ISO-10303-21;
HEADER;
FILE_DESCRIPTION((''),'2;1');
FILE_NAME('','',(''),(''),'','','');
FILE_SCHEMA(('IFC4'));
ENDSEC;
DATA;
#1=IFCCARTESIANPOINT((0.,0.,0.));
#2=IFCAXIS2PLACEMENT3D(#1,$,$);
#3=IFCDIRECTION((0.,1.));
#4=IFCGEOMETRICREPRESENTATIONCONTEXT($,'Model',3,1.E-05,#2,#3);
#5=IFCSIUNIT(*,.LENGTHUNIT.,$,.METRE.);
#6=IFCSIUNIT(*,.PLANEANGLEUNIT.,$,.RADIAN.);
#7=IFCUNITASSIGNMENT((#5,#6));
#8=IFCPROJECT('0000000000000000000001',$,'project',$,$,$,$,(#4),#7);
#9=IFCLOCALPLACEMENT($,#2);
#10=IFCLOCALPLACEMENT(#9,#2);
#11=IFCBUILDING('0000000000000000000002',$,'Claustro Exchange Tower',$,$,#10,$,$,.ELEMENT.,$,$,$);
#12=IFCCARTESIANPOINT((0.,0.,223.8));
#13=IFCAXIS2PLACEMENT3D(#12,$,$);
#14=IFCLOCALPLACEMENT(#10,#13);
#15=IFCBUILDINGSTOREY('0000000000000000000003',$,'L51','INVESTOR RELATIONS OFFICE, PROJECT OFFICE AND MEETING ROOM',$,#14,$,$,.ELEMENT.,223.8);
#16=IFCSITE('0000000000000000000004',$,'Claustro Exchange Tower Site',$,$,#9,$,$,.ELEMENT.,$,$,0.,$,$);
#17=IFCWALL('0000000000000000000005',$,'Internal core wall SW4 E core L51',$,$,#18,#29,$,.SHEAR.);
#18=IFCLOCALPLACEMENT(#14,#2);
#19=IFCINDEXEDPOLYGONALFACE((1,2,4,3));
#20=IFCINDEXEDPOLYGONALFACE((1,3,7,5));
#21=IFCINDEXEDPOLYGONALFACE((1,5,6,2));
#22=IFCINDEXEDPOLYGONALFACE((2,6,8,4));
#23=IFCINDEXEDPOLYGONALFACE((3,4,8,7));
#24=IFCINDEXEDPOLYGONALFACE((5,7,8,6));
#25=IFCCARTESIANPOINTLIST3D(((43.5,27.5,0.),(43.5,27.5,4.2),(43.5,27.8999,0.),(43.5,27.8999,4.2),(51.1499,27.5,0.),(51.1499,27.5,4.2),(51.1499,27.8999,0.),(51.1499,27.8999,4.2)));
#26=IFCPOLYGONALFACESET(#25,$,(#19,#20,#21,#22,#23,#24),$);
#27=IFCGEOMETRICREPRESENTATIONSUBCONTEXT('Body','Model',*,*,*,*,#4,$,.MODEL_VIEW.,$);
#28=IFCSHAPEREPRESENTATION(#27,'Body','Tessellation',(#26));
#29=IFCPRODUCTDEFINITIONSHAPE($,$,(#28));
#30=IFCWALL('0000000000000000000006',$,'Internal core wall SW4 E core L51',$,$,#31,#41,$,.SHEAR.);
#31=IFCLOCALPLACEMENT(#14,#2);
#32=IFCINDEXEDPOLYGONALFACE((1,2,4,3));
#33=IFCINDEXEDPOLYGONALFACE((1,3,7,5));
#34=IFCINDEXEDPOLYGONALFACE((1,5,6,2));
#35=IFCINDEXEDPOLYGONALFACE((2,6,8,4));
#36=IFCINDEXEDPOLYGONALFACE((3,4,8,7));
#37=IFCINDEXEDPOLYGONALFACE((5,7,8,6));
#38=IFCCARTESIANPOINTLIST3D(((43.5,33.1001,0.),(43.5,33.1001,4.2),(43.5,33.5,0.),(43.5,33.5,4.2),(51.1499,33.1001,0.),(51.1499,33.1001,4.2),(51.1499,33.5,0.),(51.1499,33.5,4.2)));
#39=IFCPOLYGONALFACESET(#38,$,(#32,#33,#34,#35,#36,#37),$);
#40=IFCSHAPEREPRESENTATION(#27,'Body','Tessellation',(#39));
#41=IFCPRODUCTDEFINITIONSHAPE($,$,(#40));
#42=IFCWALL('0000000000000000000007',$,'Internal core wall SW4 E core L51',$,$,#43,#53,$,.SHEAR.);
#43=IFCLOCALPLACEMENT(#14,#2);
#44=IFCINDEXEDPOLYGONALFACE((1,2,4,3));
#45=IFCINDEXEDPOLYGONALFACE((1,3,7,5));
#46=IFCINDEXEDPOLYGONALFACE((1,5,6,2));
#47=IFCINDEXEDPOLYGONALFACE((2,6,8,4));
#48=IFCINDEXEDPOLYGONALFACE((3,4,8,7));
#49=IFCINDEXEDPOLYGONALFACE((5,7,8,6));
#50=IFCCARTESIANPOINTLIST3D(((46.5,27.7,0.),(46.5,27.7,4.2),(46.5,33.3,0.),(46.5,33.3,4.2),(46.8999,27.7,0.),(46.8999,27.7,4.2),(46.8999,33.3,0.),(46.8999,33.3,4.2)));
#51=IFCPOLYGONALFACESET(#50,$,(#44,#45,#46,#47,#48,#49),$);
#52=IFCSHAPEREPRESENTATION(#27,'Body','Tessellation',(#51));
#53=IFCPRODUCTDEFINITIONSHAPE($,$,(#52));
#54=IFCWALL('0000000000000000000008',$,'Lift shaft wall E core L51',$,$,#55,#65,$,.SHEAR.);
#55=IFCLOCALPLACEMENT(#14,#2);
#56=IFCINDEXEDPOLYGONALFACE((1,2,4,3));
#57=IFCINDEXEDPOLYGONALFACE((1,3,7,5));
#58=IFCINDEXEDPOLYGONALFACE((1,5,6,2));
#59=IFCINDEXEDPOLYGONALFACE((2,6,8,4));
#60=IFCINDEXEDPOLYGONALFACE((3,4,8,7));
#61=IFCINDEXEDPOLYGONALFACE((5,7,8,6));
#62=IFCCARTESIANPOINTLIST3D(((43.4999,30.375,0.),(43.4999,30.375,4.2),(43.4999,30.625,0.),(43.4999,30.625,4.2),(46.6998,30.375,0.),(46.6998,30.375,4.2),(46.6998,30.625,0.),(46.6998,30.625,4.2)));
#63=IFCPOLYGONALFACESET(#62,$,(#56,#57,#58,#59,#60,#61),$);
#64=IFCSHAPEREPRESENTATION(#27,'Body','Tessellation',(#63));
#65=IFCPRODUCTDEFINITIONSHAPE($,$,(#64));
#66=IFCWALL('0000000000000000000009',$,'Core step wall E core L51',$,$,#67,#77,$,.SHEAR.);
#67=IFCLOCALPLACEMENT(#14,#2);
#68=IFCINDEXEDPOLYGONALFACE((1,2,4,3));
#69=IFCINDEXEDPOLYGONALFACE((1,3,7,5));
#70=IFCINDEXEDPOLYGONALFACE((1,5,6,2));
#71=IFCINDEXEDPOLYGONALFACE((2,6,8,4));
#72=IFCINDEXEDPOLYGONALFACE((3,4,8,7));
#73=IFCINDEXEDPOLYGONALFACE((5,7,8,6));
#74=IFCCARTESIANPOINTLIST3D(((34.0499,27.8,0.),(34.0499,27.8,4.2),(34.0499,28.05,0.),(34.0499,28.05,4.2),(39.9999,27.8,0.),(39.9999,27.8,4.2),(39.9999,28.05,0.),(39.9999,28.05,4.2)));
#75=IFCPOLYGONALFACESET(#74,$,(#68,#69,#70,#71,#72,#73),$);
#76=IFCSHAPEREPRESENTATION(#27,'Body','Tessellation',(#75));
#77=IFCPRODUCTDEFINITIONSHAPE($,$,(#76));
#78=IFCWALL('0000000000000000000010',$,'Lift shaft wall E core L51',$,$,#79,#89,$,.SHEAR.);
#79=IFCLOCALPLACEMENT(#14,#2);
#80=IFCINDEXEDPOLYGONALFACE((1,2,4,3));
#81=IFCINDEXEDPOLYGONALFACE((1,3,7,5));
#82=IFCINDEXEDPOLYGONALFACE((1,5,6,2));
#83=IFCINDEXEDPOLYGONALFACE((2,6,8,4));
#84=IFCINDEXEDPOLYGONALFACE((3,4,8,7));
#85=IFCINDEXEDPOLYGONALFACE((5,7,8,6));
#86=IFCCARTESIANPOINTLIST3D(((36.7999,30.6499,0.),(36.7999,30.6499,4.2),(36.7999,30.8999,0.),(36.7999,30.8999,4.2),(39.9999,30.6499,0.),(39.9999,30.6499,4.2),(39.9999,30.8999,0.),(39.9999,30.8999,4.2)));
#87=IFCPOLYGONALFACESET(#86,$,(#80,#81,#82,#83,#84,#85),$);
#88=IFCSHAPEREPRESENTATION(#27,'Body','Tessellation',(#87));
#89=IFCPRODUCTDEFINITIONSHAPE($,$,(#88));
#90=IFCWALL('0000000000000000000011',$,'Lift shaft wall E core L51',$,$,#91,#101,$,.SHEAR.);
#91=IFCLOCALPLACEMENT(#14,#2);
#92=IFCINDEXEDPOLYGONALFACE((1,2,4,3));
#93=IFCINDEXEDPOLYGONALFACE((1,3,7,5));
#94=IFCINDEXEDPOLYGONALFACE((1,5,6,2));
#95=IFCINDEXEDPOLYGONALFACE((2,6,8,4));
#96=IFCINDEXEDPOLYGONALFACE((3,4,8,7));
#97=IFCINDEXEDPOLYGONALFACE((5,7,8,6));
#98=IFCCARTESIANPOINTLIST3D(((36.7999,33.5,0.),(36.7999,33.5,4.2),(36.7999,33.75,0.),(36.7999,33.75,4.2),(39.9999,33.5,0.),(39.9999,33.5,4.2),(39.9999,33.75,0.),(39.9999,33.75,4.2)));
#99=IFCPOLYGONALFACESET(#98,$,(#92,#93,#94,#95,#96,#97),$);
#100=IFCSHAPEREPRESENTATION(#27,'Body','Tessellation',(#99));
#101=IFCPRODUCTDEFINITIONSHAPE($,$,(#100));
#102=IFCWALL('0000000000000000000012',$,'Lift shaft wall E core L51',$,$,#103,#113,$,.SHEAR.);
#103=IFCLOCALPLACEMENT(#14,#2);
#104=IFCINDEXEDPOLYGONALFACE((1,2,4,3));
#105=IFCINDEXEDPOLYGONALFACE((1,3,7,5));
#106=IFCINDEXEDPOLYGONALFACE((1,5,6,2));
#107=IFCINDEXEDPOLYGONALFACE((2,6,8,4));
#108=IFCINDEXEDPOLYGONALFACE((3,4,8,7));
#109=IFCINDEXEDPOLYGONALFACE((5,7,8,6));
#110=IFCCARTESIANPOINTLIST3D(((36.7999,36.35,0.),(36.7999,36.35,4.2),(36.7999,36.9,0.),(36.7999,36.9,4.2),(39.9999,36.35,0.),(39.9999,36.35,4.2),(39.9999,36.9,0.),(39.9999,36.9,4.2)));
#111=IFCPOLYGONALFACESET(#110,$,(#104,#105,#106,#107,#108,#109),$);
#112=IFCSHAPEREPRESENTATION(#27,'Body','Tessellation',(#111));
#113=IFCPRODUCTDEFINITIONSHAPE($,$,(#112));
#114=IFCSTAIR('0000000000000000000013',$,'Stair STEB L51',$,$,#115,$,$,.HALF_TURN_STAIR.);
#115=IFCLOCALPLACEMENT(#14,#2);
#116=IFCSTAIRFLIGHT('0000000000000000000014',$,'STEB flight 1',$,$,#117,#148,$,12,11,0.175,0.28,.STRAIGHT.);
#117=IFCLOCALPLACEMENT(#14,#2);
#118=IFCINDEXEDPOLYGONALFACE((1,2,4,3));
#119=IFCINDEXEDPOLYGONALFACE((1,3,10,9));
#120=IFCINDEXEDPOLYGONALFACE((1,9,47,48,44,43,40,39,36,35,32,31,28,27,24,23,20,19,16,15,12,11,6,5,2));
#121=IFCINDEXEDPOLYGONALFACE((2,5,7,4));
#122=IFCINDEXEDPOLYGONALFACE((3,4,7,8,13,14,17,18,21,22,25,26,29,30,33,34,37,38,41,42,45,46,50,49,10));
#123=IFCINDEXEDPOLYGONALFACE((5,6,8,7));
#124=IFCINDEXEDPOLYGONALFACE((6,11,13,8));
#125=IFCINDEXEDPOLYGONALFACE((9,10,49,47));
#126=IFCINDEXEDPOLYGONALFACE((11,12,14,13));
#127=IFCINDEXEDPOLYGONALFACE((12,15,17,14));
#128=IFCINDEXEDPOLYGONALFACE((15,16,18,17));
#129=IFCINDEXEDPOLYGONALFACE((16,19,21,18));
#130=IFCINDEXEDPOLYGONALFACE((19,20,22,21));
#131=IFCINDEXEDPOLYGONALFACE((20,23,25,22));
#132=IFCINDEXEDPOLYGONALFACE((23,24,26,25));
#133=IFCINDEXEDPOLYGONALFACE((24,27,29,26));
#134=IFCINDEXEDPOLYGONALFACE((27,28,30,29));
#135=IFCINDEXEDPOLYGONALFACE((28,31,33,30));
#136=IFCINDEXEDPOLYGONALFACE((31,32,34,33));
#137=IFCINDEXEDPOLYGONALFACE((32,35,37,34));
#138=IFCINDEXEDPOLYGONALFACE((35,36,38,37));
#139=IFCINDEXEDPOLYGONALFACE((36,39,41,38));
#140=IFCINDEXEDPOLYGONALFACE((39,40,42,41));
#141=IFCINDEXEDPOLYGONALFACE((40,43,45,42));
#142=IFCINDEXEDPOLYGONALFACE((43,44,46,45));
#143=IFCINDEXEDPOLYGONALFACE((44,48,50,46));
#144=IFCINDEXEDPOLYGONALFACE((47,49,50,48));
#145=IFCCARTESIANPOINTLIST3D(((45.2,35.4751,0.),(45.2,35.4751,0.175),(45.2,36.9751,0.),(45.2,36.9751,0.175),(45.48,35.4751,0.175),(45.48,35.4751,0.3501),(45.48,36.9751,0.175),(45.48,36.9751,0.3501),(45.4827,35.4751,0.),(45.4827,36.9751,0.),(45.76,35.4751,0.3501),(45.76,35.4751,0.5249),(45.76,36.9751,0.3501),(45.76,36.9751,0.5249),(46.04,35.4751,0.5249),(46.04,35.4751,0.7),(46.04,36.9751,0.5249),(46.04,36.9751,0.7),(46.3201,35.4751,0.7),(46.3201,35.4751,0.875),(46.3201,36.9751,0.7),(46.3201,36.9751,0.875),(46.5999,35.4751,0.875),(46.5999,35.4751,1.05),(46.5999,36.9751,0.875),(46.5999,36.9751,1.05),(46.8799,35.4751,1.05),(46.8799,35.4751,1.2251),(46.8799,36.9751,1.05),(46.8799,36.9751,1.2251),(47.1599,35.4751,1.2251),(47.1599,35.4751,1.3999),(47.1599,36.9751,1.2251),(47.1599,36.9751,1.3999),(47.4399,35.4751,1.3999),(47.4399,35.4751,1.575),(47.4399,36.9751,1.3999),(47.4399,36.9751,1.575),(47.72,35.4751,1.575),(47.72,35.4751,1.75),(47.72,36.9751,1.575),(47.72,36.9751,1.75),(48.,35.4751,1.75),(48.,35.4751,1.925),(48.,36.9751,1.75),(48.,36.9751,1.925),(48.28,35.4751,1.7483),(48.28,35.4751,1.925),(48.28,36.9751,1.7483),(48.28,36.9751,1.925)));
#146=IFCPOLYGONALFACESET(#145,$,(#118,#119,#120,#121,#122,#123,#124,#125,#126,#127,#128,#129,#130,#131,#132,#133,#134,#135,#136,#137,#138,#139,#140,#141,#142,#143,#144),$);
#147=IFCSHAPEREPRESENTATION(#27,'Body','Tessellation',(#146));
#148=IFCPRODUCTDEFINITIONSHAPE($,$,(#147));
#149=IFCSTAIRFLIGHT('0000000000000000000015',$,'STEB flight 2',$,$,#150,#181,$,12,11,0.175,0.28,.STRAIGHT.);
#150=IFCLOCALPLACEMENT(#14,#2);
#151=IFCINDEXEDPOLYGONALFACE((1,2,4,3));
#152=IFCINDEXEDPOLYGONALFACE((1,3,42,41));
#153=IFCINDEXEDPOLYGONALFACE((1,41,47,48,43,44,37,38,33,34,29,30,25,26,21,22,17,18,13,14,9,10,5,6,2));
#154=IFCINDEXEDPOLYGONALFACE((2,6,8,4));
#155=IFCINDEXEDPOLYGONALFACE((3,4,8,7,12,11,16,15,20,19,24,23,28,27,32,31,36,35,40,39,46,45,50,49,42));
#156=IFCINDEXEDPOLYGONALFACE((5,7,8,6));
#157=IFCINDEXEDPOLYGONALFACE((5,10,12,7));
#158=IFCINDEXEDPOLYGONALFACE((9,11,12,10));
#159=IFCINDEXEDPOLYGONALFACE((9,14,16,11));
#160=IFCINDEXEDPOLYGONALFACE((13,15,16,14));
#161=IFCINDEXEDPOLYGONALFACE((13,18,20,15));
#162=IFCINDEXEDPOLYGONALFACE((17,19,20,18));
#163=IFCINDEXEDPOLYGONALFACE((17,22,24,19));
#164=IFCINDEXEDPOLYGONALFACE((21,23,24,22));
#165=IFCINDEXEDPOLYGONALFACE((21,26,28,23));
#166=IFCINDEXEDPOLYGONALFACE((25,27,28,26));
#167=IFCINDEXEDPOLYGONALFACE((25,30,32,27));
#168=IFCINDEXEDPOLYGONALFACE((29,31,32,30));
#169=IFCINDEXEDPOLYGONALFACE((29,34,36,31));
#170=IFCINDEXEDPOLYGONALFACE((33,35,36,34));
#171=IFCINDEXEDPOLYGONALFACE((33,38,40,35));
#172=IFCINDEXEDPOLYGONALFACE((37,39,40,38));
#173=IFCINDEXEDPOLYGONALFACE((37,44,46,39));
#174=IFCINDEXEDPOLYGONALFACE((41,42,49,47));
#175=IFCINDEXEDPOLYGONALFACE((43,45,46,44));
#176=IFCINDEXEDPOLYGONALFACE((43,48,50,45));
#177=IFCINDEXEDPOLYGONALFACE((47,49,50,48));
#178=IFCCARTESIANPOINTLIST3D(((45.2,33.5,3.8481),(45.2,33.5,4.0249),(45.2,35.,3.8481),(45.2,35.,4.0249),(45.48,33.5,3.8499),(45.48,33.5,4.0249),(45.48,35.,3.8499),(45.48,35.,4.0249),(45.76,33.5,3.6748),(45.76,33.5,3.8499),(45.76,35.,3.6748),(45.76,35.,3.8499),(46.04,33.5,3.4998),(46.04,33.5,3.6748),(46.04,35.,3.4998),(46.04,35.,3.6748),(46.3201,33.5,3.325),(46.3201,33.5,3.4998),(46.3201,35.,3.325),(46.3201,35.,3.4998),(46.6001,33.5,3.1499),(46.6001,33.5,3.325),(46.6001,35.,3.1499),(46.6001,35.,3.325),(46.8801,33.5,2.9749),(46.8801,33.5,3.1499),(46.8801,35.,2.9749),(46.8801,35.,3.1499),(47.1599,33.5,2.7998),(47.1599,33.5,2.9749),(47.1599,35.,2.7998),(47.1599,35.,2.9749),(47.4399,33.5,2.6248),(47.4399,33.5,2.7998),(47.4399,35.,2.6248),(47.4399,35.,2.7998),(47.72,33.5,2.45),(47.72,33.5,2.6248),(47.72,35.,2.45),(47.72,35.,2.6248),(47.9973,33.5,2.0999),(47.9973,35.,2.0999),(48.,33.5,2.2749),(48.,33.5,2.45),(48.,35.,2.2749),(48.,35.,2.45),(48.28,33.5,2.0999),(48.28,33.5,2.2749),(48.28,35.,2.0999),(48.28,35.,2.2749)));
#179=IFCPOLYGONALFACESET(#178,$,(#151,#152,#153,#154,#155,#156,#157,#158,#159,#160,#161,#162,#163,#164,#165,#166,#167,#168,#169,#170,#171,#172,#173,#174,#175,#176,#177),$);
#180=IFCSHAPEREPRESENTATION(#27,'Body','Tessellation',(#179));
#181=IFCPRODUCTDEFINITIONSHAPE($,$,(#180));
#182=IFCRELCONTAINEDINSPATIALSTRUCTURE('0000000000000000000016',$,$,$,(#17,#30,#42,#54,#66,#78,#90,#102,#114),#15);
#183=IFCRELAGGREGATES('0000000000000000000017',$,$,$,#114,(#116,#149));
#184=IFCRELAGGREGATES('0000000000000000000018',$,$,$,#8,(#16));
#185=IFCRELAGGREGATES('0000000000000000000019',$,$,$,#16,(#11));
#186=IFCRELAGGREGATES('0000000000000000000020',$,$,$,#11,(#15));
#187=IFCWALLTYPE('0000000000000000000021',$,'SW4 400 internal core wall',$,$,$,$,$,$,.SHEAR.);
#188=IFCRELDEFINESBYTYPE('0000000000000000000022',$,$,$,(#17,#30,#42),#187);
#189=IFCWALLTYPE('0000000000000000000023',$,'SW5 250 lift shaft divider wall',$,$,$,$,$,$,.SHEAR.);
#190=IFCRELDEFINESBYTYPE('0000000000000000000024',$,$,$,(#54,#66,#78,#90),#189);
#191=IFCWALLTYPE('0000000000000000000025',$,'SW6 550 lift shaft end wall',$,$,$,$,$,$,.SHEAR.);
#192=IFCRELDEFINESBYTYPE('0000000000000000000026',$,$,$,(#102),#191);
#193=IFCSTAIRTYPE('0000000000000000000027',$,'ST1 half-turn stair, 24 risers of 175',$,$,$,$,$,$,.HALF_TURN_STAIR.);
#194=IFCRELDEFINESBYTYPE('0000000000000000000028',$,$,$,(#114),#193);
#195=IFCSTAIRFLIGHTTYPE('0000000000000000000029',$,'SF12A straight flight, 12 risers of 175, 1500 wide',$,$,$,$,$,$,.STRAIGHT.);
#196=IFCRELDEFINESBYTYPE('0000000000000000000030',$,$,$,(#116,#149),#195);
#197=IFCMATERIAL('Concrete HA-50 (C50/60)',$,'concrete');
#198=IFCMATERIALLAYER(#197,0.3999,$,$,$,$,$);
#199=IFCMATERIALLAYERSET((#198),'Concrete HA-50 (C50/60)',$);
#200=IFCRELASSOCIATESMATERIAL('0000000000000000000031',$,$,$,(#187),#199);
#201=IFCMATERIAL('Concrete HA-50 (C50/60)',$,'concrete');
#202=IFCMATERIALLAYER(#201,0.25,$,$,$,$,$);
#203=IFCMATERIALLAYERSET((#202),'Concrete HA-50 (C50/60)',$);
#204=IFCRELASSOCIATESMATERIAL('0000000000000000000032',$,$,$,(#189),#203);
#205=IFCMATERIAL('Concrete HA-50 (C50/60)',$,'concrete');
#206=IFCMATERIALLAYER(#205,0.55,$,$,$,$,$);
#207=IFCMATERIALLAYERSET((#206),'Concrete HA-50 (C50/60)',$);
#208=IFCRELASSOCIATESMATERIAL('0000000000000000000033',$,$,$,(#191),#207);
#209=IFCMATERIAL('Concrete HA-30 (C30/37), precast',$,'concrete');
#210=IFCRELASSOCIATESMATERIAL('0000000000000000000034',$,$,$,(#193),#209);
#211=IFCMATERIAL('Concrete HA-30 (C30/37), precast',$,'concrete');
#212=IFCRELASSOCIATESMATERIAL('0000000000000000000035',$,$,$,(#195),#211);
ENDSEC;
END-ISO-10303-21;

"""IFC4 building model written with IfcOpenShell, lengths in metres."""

from ifc_helpers import new_model, si_unit, direction, frame, frame_2d, origin, place, context, subcontext, project, spatial, polyline, rectangle, outline, extrude, material, layer, layer_set, type_object, element, aggregate, save


model = new_model("IFC4")

# Units and contexts
model_context = context("Model", 3, precision=1e-05, world=origin(), true_north=direction((0.0, 1.0)))
body_context = subcontext(model_context, "Body", "Model", "MODEL_VIEW")
ifc_project = project(units=[si_unit("LENGTHUNIT", "METRE"), si_unit("PLANEANGLEUNIT", "RADIAN")], contexts=[model_context])

# Site, building, storey
site_placement = place(None, origin())
site = spatial("IfcSite", under=ifc_project, at=site_placement, Name="Claustro Exchange Tower Site", CompositionType="ELEMENT", RefElevation=0.0)
building_placement = place(site_placement, origin())
building = spatial("IfcBuilding", under=site, at=building_placement, Name="Claustro Exchange Tower", CompositionType="ELEMENT")
storey_placement = place(building_placement, frame((0.0, 0.0, 223.8)))
storey = spatial("IfcBuildingStorey", under=building, at=storey_placement, Name="L51", Description="INVESTOR RELATIONS OFFICE, PROJECT OFFICE AND MEETING ROOM", CompositionType="ELEMENT", Elevation=223.8)

# Walls
ifc_material_1 = material(Name="Concrete HA-50 (C50/60)", Category="concrete")
ifc_layer_1 = layer(ifc_material_1, 0.3999)
ifc_layer_set_1 = layer_set([ifc_layer_1], Name="Concrete HA-50 (C50/60)")
wall_type_1 = type_object("IfcWallType", Name="SW4 400 internal core wall", PredefinedType="SHEAR", material=ifc_layer_set_1)
for number, where, z_axis, x_axis, name in (
    (1, (51.1499, 27.7, 0.0), (0.0, 0.0, 1.0), (-1.0, 0.0, 0.0), "Internal core wall SW4 E core L51"),
    (2, (51.1499, 33.3, 0.0), (0.0, 0.0, 1.0), (-1.0, 0.0, 0.0), "Internal core wall SW4 E core L51"),
):
    element("IfcWall", number, at=place(storey_placement, frame(where, z_axis=z_axis, x_axis=x_axis)), inside=storey, type_object=wall_type_1, Name=name, PredefinedType="SHEAR", context=body_context, shape_type="SweptSolid", body=[
        extrude(rectangle(XDim=7.6499, YDim=0.3999, at=frame_2d((3.825, 0.0))), origin(), (0.0, 0.0, 1.0), 4.2),
    ])
wall_1_placement = place(storey_placement, frame((46.7, 27.7, 0.0), z_axis=(0.0, 0.0, 1.0), x_axis=(0.0, 1.0, 0.0)))
element("IfcWall", 3, at=wall_1_placement, inside=storey, type_object=wall_type_1, Name="Internal core wall SW4 E core L51", PredefinedType="SHEAR", context=body_context, shape_type="SweptSolid", body=[
    extrude(rectangle(XDim=5.6001, YDim=0.3999, at=frame_2d((2.8, 0.0))), origin(), (0.0, 0.0, 1.0), 4.2),
])
ifc_material_2 = material(Name="Concrete HA-50 (C50/60)", Category="concrete")
ifc_layer_2 = layer(ifc_material_2, 0.25)
ifc_layer_set_2 = layer_set([ifc_layer_2], Name="Concrete HA-50 (C50/60)")
wall_type_2 = type_object("IfcWallType", Name="SW5 250 lift shaft divider wall", PredefinedType="SHEAR", material=ifc_layer_set_2)
wall_2_placement = place(storey_placement, frame((46.7, 30.5, 0.0), z_axis=(0.0, 0.0, 1.0), x_axis=(-1.0, 0.0, 0.0)))
element("IfcWall", 4, at=wall_2_placement, inside=storey, type_object=wall_type_2, Name="Lift shaft wall E core L51", PredefinedType="SHEAR", context=body_context, shape_type="SweptSolid", body=[
    extrude(rectangle(XDim=3.2, YDim=0.25, at=frame_2d((1.6001, 0.0))), origin(), (0.0, 0.0, 1.0), 4.2),
])
wall_3_placement = place(storey_placement, frame((40.0, 27.925, 0.0), z_axis=(0.0, 0.0, 1.0), x_axis=(-1.0, 0.0, 0.0)))
element("IfcWall", 5, at=wall_3_placement, inside=storey, type_object=wall_type_2, Name="Core step wall E core L51", PredefinedType="SHEAR", context=body_context, shape_type="SweptSolid", body=[
    extrude(rectangle(XDim=5.95, YDim=0.25, at=frame_2d((2.9751, 0.0))), origin(), (0.0, 0.0, 1.0), 4.2),
])
for number, where, z_axis, x_axis, name in (
    (6, (40.0, 30.7749, 0.0), (0.0, 0.0, 1.0), (-1.0, 0.0, 0.0), "Lift shaft wall E core L51"),
    (7, (40.0, 33.625, 0.0), (0.0, 0.0, 1.0), (-1.0, 0.0, 0.0), "Lift shaft wall E core L51"),
):
    element("IfcWall", number, at=place(storey_placement, frame(where, z_axis=z_axis, x_axis=x_axis)), inside=storey, type_object=wall_type_2, Name=name, PredefinedType="SHEAR", context=body_context, shape_type="SweptSolid", body=[
        extrude(rectangle(XDim=3.2, YDim=0.25, at=frame_2d((1.6001, 0.0))), origin(), (0.0, 0.0, 1.0), 4.2),
    ])
ifc_material_3 = material(Name="Concrete HA-50 (C50/60)", Category="concrete")
ifc_layer_3 = layer(ifc_material_3, 0.55)
ifc_layer_set_3 = layer_set([ifc_layer_3], Name="Concrete HA-50 (C50/60)")
wall_type_3 = type_object("IfcWallType", Name="SW6 550 lift shaft end wall", PredefinedType="SHEAR", material=ifc_layer_set_3)
wall_4_placement = place(storey_placement, frame((40.0, 36.625, 0.0), z_axis=(0.0, 0.0, 1.0), x_axis=(-1.0, 0.0, 0.0)))
element("IfcWall", 8, at=wall_4_placement, inside=storey, type_object=wall_type_3, Name="Lift shaft wall E core L51", PredefinedType="SHEAR", context=body_context, shape_type="SweptSolid", body=[
    extrude(rectangle(XDim=3.2, YDim=0.55, at=frame_2d((1.6001, 0.0))), origin(), (0.0, 0.0, 1.0), 4.2),
])

# Stair, stair flights
ifc_material_4 = material(Name="Concrete HA-30 (C30/37), precast", Category="concrete")
stair_type = type_object("IfcStairType", Name="ST1 half-turn stair, 24 risers of 175", PredefinedType="HALF_TURN_STAIR", material=ifc_material_4)
stair_placement = place(storey_placement, origin())
stair = element("IfcStair", 9, at=stair_placement, inside=storey, type_object=stair_type, Name="Stair STEB L51", PredefinedType="HALF_TURN_STAIR")
ifc_material_5 = material(Name="Concrete HA-30 (C30/37), precast", Category="concrete")
stair_flight_type = type_object("IfcStairFlightType", Name="SF12A straight flight, 12 risers of 175, 1500 wide", PredefinedType="STRAIGHT", material=ifc_material_5)
stair_flight_1_placement = place(storey_placement, frame((45.2, 36.2251, 0.0), z_axis=(0.0, 0.0, 1.0), x_axis=(1.0, 0.0, 0.0)))
stair_flight_1 = element("IfcStairFlight", 10, at=stair_flight_1_placement, type_object=stair_flight_type, Name="STEB flight 1", NumberOfRisers=12, NumberOfTreads=11, PredefinedType="STRAIGHT", RiserHeight=0.175, TreadLength=0.28, context=body_context, shape_type="SweptSolid", body=[
    extrude(outline(polyline([(0.0, 0.0), (0.0, 0.175), (0.28, 0.175), (0.28, 0.3501), (0.5601, 0.3501), (0.5601, 0.5249), (0.8401, 0.5249), (0.8401, 0.7), (1.1201, 0.7), (1.1201, 0.875), (1.3999, 0.875), (1.3999, 1.05), (1.6799, 1.05), (1.6799, 1.2251), (1.96, 1.2251), (1.96, 1.3999), (2.24, 1.3999), (2.24, 1.575), (2.52, 1.575), (2.52, 1.75), (2.8, 1.75), (2.8, 1.925), (3.0801, 1.925), (3.0801, 2.1001), (3.0801, 1.7483), (0.2827, 0.0), (0.0, 0.0)])), frame((0.0, 0.75, 0.0), z_axis=(0.0, -1.0, 0.0), x_axis=(1.0, 0.0, 0.0)), (0.0, 0.0, 1.0), 1.5),
])
stair_flight_2_placement = place(storey_placement, frame((48.28, 34.25, 2.0999), z_axis=(0.0, 0.0, 1.0), x_axis=(-1.0, 0.0, 0.0)))
stair_flight_2 = element("IfcStairFlight", 11, at=stair_flight_2_placement, type_object=stair_flight_type, Name="STEB flight 2", NumberOfRisers=12, NumberOfTreads=11, PredefinedType="STRAIGHT", RiserHeight=0.175, TreadLength=0.28, context=body_context, shape_type="SweptSolid", body=[
    extrude(outline(polyline([(0.0, 0.0), (0.0, 0.175), (0.28, 0.175), (0.28, 0.3501), (0.5601, 0.3501), (0.5601, 0.5249), (0.8401, 0.5249), (0.8401, 0.7), (1.1201, 0.7), (1.1201, 0.875), (1.3999, 0.875), (1.3999, 1.05), (1.6799, 1.05), (1.6799, 1.2251), (1.96, 1.2251), (1.96, 1.3999), (2.24, 1.3999), (2.24, 1.575), (2.52, 1.575), (2.52, 1.75), (2.8, 1.75), (2.8, 1.925), (3.0801, 1.925), (3.0801, 2.1001), (3.0801, 1.7483), (0.2827, 0.0), (0.0, 0.0)])), frame((0.0, 0.75, 0.0), z_axis=(0.0, -1.0, 0.0), x_axis=(1.0, 0.0, 0.0)), (0.0, 0.0, 1.0), 1.5),
])
aggregate(stair, [stair_flight_1, stair_flight_2])

save(model, "model.ifc")
